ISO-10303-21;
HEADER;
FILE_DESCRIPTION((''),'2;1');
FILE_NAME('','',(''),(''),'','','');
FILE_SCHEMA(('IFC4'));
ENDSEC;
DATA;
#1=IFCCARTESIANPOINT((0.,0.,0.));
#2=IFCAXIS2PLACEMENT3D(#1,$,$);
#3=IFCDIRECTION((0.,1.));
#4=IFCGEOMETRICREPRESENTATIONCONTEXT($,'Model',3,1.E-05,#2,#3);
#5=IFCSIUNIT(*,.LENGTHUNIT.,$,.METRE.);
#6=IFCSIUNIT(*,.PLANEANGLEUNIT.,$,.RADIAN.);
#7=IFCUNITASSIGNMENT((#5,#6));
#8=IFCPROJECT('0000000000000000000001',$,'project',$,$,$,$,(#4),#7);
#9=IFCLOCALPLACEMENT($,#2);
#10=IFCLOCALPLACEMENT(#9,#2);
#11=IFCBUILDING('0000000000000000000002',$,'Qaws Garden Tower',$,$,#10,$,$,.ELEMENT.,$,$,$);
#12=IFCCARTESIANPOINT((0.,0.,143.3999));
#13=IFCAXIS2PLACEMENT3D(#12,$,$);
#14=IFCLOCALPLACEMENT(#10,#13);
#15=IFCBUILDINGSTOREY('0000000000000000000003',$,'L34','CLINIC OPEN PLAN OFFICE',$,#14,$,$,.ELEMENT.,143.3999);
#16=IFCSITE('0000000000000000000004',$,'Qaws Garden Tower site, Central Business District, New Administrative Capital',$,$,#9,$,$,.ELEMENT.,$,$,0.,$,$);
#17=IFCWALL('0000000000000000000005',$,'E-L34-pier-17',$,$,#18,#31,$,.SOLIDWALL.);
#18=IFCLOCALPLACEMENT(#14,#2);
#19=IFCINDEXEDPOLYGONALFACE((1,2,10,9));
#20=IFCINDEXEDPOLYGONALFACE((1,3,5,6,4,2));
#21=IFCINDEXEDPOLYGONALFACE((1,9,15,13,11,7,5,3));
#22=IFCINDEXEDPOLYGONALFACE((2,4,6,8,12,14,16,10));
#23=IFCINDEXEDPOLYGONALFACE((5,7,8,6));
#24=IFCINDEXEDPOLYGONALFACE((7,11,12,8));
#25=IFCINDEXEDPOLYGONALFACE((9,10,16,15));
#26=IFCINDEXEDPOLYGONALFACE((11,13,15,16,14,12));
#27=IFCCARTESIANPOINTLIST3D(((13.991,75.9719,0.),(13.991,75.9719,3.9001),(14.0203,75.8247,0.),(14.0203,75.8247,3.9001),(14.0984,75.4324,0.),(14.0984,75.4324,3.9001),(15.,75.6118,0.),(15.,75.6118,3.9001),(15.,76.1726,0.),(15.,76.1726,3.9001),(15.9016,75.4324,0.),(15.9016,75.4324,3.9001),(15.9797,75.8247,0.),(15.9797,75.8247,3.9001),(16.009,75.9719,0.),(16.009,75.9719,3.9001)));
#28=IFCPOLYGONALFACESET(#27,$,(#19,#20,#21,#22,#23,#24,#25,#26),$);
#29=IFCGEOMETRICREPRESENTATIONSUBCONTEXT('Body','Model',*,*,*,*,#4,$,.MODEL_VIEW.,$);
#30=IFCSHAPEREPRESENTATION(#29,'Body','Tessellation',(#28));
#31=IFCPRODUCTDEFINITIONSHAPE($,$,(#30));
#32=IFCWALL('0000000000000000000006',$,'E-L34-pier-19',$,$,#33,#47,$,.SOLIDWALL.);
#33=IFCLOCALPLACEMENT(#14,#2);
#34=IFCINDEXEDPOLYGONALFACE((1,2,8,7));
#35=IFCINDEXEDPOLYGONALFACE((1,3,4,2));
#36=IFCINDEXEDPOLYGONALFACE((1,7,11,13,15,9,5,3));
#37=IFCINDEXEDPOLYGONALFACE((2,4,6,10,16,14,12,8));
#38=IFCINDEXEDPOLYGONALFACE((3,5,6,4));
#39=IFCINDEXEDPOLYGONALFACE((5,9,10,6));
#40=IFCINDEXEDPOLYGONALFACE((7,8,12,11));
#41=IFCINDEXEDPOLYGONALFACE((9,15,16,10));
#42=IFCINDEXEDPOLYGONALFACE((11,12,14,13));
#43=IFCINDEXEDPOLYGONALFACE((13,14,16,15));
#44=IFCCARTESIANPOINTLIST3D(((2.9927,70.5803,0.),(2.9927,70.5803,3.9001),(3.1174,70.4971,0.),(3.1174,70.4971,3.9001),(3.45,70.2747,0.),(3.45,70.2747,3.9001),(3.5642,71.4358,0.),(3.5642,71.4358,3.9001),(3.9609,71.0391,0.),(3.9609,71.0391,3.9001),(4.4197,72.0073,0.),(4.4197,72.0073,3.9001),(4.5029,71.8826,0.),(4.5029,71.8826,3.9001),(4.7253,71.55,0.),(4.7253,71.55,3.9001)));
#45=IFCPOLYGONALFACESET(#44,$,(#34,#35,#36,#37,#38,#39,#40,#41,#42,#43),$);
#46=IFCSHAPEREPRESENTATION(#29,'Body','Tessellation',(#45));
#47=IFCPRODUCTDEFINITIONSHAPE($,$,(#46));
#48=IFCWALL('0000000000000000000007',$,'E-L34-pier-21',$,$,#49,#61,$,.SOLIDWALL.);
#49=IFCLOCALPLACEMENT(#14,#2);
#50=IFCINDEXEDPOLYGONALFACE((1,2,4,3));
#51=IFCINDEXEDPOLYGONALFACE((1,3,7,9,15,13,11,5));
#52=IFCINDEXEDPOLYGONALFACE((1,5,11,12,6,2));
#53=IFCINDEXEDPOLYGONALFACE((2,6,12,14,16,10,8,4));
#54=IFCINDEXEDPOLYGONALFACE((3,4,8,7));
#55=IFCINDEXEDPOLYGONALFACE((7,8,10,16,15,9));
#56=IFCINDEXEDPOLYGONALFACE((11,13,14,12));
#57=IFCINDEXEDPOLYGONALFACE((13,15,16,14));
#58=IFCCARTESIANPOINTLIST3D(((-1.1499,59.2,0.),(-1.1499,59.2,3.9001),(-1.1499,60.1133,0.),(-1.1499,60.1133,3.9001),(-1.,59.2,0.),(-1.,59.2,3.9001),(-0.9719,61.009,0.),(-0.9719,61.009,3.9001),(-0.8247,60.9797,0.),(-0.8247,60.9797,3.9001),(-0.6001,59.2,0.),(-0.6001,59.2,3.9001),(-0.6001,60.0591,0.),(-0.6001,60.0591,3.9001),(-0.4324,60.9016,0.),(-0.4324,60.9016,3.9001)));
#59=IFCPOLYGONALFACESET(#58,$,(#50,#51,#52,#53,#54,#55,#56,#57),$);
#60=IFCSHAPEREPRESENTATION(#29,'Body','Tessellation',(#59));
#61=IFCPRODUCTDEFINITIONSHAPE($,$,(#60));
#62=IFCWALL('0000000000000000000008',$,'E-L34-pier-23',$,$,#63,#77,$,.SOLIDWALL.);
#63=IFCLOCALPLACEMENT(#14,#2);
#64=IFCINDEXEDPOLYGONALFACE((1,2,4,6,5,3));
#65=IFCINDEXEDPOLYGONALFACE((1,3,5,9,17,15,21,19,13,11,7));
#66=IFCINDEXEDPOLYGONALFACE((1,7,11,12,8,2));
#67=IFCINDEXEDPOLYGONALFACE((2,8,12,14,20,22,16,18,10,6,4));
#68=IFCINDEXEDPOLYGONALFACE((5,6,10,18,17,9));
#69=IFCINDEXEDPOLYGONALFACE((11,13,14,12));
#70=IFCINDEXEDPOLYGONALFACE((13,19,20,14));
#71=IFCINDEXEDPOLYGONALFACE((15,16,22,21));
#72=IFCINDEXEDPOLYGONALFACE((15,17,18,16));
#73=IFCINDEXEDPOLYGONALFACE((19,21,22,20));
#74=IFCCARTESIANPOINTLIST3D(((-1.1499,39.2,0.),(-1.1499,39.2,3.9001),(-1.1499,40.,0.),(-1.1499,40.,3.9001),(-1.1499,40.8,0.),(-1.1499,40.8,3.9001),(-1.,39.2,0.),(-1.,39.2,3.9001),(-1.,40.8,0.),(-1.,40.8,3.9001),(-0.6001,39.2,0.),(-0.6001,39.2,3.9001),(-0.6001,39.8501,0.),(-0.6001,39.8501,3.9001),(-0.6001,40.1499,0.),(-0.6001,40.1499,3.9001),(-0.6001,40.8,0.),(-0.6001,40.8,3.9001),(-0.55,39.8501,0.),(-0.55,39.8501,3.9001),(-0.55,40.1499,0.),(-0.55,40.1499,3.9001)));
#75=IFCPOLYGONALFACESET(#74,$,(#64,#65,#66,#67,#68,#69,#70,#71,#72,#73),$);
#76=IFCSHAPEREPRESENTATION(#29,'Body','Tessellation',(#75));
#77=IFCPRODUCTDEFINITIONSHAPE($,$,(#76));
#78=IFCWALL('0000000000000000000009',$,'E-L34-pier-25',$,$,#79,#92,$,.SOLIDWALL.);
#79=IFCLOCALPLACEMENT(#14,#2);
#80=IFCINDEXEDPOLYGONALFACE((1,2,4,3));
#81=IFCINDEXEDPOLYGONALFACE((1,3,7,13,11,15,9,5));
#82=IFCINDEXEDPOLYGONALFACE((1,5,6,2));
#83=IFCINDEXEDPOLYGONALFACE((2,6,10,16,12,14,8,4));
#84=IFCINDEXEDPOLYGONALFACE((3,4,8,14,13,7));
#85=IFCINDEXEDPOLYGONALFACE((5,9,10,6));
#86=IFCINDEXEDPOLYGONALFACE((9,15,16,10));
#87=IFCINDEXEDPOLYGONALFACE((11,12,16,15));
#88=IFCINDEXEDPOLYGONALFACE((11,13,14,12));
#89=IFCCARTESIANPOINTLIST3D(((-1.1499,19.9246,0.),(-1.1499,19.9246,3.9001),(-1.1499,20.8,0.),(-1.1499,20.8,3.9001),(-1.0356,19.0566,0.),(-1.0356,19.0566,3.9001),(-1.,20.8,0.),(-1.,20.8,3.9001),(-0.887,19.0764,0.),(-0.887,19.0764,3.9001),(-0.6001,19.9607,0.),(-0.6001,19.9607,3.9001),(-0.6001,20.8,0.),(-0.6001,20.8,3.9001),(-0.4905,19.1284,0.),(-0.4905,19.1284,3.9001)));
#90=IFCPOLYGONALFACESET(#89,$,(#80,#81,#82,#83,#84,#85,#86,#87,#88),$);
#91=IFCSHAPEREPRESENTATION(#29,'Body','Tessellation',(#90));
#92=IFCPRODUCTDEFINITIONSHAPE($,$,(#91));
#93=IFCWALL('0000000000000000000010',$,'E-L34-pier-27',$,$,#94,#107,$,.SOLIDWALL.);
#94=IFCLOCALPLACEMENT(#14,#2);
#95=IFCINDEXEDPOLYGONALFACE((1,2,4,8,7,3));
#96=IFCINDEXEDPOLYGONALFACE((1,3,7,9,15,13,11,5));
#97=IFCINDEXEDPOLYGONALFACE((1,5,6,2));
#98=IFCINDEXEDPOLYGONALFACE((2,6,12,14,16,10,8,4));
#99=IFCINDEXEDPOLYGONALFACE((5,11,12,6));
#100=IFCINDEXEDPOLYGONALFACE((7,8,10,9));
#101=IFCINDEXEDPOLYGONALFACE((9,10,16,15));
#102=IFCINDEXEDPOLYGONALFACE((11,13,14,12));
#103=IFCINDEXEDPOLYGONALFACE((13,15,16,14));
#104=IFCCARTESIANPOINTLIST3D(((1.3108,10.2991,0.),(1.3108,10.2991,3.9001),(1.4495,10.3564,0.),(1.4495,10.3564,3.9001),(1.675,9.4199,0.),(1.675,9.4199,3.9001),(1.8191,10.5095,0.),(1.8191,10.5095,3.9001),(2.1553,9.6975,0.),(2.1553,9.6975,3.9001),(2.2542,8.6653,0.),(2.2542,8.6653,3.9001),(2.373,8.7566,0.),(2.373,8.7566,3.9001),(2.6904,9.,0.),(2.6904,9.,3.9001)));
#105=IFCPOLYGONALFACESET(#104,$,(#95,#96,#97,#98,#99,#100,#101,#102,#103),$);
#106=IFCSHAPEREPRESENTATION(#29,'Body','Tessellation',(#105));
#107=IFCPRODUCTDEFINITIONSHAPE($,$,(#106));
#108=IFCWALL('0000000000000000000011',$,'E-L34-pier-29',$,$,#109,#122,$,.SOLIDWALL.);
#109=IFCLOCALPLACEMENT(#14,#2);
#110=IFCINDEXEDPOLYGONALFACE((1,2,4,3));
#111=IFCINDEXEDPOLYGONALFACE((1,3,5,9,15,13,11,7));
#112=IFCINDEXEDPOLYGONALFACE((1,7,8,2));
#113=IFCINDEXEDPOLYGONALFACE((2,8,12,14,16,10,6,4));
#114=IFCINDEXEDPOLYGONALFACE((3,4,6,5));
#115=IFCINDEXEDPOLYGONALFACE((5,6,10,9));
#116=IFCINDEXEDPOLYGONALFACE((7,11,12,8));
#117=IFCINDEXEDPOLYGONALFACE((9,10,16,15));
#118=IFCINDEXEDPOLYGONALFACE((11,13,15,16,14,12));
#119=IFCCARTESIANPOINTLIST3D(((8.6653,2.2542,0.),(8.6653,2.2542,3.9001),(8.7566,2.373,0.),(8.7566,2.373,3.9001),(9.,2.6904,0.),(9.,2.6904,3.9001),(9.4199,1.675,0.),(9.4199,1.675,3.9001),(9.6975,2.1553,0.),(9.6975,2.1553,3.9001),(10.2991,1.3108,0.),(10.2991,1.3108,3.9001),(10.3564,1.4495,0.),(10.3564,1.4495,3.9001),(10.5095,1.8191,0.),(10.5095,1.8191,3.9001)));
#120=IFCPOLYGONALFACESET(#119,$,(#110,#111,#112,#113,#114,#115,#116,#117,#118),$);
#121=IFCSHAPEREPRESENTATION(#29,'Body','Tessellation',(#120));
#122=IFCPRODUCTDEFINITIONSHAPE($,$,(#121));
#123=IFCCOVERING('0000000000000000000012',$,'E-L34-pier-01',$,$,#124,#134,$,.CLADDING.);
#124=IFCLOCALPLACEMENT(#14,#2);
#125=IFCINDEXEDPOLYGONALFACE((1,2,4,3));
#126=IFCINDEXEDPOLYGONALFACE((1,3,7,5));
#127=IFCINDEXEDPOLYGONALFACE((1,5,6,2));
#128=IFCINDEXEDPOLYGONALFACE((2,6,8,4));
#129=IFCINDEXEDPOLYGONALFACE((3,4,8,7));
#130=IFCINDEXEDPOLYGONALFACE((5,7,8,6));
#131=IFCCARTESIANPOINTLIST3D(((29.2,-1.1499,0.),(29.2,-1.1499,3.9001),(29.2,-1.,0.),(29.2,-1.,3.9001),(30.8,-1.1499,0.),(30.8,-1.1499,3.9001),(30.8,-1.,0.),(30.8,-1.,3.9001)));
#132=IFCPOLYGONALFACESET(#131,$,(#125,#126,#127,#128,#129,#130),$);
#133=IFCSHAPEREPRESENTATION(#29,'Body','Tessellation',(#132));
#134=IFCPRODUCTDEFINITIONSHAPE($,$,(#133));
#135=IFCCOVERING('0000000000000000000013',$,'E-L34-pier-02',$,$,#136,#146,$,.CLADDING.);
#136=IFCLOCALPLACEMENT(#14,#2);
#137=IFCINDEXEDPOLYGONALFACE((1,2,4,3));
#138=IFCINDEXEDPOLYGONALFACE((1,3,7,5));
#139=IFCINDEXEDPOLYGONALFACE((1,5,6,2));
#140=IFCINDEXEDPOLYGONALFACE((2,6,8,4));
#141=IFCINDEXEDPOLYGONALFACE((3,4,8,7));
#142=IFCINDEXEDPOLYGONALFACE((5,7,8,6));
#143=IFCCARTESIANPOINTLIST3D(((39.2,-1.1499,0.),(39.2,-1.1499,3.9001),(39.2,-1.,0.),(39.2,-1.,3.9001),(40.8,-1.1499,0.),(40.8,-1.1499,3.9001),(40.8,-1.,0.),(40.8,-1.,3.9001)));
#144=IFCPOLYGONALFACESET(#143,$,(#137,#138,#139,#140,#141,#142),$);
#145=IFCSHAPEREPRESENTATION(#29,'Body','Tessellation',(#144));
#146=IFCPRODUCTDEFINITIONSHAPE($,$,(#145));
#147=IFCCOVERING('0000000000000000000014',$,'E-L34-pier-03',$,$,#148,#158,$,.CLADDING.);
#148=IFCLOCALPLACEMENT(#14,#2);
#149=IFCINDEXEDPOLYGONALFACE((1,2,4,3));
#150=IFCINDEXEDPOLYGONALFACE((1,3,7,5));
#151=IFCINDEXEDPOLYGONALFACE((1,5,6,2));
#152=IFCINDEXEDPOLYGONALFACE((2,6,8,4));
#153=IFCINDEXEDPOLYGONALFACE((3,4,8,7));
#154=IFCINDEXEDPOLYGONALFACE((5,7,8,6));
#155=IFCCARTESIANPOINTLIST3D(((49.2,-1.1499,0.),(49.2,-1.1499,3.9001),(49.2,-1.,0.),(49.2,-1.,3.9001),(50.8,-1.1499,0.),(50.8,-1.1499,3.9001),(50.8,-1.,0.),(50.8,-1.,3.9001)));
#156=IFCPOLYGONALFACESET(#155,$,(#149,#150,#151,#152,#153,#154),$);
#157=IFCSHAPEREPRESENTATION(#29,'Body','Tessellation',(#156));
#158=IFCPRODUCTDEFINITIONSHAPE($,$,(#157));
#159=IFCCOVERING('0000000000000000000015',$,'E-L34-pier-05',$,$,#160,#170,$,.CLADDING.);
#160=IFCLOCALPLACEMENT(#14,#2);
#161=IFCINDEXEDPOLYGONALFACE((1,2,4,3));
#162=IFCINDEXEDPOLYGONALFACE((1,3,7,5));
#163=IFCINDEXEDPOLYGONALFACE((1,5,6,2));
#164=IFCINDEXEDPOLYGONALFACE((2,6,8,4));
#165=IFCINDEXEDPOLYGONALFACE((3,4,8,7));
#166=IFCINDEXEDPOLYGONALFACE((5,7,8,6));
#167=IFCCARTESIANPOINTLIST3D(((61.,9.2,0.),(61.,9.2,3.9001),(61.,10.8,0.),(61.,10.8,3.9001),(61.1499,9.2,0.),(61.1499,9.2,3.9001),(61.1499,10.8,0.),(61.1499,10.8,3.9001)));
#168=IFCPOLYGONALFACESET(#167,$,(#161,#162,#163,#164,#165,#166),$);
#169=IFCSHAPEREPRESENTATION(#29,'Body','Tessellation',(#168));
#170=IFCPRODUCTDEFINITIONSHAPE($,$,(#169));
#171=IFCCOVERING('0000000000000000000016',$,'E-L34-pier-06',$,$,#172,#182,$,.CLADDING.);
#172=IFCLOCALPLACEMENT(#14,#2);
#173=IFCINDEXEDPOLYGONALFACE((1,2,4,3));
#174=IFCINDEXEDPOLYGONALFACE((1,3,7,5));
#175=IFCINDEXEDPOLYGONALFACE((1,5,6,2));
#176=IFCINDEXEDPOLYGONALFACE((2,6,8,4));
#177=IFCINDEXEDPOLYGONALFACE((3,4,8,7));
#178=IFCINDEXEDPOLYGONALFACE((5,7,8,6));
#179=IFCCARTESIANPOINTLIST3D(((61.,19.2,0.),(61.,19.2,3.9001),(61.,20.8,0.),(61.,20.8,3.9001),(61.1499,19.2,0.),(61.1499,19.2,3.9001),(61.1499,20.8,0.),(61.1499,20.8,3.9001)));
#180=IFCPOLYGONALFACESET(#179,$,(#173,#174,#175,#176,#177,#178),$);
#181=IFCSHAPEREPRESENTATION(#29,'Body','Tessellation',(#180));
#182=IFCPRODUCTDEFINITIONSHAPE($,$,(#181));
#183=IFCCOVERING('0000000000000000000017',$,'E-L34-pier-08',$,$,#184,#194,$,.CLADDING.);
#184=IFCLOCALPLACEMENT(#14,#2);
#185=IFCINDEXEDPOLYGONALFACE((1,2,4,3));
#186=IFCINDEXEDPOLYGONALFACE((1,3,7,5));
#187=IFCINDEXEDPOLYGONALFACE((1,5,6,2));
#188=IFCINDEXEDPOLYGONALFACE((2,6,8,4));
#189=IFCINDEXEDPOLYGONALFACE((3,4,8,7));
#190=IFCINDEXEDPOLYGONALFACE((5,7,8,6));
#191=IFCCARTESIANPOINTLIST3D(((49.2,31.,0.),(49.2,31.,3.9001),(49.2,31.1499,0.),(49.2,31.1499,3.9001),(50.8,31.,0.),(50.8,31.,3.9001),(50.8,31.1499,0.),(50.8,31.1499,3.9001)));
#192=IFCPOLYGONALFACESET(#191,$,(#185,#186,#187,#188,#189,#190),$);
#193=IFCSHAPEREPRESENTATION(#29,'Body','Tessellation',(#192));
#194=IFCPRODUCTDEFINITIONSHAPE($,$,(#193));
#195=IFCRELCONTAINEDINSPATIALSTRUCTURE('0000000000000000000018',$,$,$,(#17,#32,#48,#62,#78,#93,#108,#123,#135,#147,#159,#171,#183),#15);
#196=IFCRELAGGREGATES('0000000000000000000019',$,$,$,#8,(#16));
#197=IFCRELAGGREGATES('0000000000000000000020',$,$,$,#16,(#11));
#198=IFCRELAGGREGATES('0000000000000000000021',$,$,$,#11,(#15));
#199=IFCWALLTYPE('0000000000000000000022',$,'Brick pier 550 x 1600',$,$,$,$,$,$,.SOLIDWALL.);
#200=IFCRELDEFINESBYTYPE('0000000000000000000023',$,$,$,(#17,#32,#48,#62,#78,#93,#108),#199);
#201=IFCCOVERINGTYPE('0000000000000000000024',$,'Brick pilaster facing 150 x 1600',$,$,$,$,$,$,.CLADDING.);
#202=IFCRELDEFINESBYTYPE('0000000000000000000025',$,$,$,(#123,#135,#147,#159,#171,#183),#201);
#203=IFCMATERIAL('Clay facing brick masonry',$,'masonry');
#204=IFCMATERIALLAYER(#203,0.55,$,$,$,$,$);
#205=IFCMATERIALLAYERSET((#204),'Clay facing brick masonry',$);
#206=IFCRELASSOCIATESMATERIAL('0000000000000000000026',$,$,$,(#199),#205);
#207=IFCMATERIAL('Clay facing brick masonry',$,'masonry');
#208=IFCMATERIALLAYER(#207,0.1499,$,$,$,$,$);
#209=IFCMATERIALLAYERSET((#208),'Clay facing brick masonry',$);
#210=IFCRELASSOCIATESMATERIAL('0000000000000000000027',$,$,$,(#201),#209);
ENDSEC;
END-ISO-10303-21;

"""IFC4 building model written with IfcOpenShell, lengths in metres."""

from ifc_helpers import new_model, si_unit, direction, frame, origin, place, context, subcontext, project, spatial, polyline, outline, extrude, material, layer, layer_set, type_object, element, save


model = new_model("IFC4")

# Units and contexts
model_context = context("Model", 3, precision=1e-05, world=origin(), true_north=direction((0.0, 1.0)))
body_context = subcontext(model_context, "Body", "Model", "MODEL_VIEW")
ifc_project = project(units=[si_unit("LENGTHUNIT", "METRE"), si_unit("PLANEANGLEUNIT", "RADIAN")], contexts=[model_context])

# Site, building, storey
site_placement = place(None, origin())
site = spatial("IfcSite", under=ifc_project, at=site_placement, Name="Qaws Garden Tower site, Central Business District, New Administrative Capital", CompositionType="ELEMENT", RefElevation=0.0)
building_placement = place(site_placement, origin())
building = spatial("IfcBuilding", under=site, at=building_placement, Name="Qaws Garden Tower", CompositionType="ELEMENT")
storey_placement = place(building_placement, frame((0.0, 0.0, 143.3999)))
storey = spatial("IfcBuildingStorey", under=building, at=storey_placement, Name="L34", Description="CLINIC OPEN PLAN OFFICE", CompositionType="ELEMENT", Elevation=143.3999)

# Walls
placement = place(storey_placement, origin())
ifc_material_1 = material(Name="Clay facing brick masonry", Category="masonry")
ifc_layer_1 = layer(ifc_material_1, 0.55)
ifc_layer_set_1 = layer_set([ifc_layer_1], Name="Clay facing brick masonry")
wall_type_1 = type_object("IfcWallType", Name="Brick pier 550 x 1600", PredefinedType="SOLIDWALL", material=ifc_layer_set_1)
element("IfcWall", 1, at=placement, inside=storey, type_object=wall_type_1, Name="E-L34-pier-17", PredefinedType="SOLIDWALL", context=body_context, shape_type="SweptSolid", body=[
    extrude(outline(polyline([(15.9797, 75.8247), (16.009, 75.9719), (15.0, 76.1726), (13.991, 75.9719), (14.0203, 75.8247), (14.0984, 75.4324), (15.0, 75.6118), (15.9016, 75.4324), (15.9797, 75.8247)])), origin(), (0.0, 0.0, 1.0), 3.9001),
])
element("IfcWall", 2, at=placement, inside=storey, type_object=wall_type_1, Name="E-L34-pier-19", PredefinedType="SOLIDWALL", context=body_context, shape_type="SweptSolid", body=[
    extrude(outline(polyline([(4.5029, 71.8826), (4.4197, 72.0073), (3.5642, 71.4358), (2.9927, 70.5803), (3.1174, 70.4971), (3.45, 70.2747), (3.9609, 71.0391), (4.7253, 71.55), (4.5029, 71.8826)])), origin(), (0.0, 0.0, 1.0), 3.9001),
])
element("IfcWall", 3, at=placement, inside=storey, type_object=wall_type_1, Name="E-L34-pier-21", PredefinedType="SOLIDWALL", context=body_context, shape_type="SweptSolid", body=[
    extrude(outline(polyline([(-0.8247, 60.9797), (-0.9719, 61.009), (-1.1499, 60.1133), (-1.1499, 59.2), (-1.0, 59.2), (-0.6001, 59.2), (-0.6001, 60.0591), (-0.4324, 60.9016), (-0.8247, 60.9797)])), origin(), (0.0, 0.0, 1.0), 3.9001),
])
element("IfcWall", 4, at=placement, inside=storey, type_object=wall_type_1, Name="E-L34-pier-23", PredefinedType="SOLIDWALL", context=body_context, shape_type="SweptSolid", body=[
    extrude(outline(polyline([(-0.6001, 39.2), (-0.6001, 39.8501), (-0.55, 39.8501), (-0.55, 40.1499), (-0.6001, 40.1499), (-0.6001, 40.8), (-1.0, 40.8), (-1.1499, 40.8), (-1.1499, 40.0), (-1.1499, 39.2), (-1.0, 39.2), (-0.6001, 39.2)])), origin(), (0.0, 0.0, 1.0), 3.9001),
])
element("IfcWall", 5, at=placement, inside=storey, type_object=wall_type_1, Name="E-L34-pier-25", PredefinedType="SOLIDWALL", context=body_context, shape_type="SweptSolid", body=[
    extrude(outline(polyline([(-1.0, 20.8), (-1.1499, 20.8), (-1.1499, 19.9246), (-1.0356, 19.0566), (-0.887, 19.0764), (-0.4905, 19.1284), (-0.6001, 19.9607), (-0.6001, 20.8), (-1.0, 20.8)])), origin(), (0.0, 0.0, 1.0), 3.9001),
])
element("IfcWall", 6, at=placement, inside=storey, type_object=wall_type_1, Name="E-L34-pier-27", PredefinedType="SOLIDWALL", context=body_context, shape_type="SweptSolid", body=[
    extrude(outline(polyline([(1.4495, 10.3564), (1.3108, 10.2991), (1.675, 9.4199), (2.2542, 8.6653), (2.373, 8.7566), (2.6904, 9.0), (2.1553, 9.6975), (1.8191, 10.5095), (1.4495, 10.3564)])), origin(), (0.0, 0.0, 1.0), 3.9001),
])
element("IfcWall", 7, at=placement, inside=storey, type_object=wall_type_1, Name="E-L34-pier-29", PredefinedType="SOLIDWALL", context=body_context, shape_type="SweptSolid", body=[
    extrude(outline(polyline([(8.7566, 2.373), (8.6653, 2.2542), (9.4199, 1.675), (10.2991, 1.3108), (10.3564, 1.4495), (10.5095, 1.8191), (9.6975, 2.1553), (9.0, 2.6904), (8.7566, 2.373)])), origin(), (0.0, 0.0, 1.0), 3.9001),
])

# Coverings
ifc_material_2 = material(Name="Clay facing brick masonry", Category="masonry")
ifc_layer_2 = layer(ifc_material_2, 0.1499)
ifc_layer_set_2 = layer_set([ifc_layer_2], Name="Clay facing brick masonry")
covering_type = type_object("IfcCoveringType", Name="Brick pilaster facing 150 x 1600", PredefinedType="CLADDING", material=ifc_layer_set_2)
element("IfcCovering", 8, at=placement, inside=storey, type_object=covering_type, Name="E-L34-pier-01", PredefinedType="CLADDING", context=body_context, shape_type="SweptSolid", body=[
    extrude(outline(polyline([(29.2, -1.0), (30.8, -1.0), (30.8, -1.1499), (29.2, -1.1499), (29.2, -1.0)])), origin(), (0.0, 0.0, 1.0), 3.9001),
])
element("IfcCovering", 9, at=placement, inside=storey, type_object=covering_type, Name="E-L34-pier-02", PredefinedType="CLADDING", context=body_context, shape_type="SweptSolid", body=[
    extrude(outline(polyline([(39.2, -1.0), (40.8, -1.0), (40.8, -1.1499), (39.2, -1.1499), (39.2, -1.0)])), origin(), (0.0, 0.0, 1.0), 3.9001),
])
element("IfcCovering", 10, at=placement, inside=storey, type_object=covering_type, Name="E-L34-pier-03", PredefinedType="CLADDING", context=body_context, shape_type="SweptSolid", body=[
    extrude(outline(polyline([(49.2, -1.0), (50.8, -1.0), (50.8, -1.1499), (49.2, -1.1499), (49.2, -1.0)])), origin(), (0.0, 0.0, 1.0), 3.9001),
])
element("IfcCovering", 11, at=placement, inside=storey, type_object=covering_type, Name="E-L34-pier-05", PredefinedType="CLADDING", context=body_context, shape_type="SweptSolid", body=[
    extrude(outline(polyline([(61.0, 9.2), (61.0, 10.8), (61.1499, 10.8), (61.1499, 9.2), (61.0, 9.2)])), origin(), (0.0, 0.0, 1.0), 3.9001),
])
element("IfcCovering", 12, at=placement, inside=storey, type_object=covering_type, Name="E-L34-pier-06", PredefinedType="CLADDING", context=body_context, shape_type="SweptSolid", body=[
    extrude(outline(polyline([(61.0, 19.2), (61.0, 20.8), (61.1499, 20.8), (61.1499, 19.2), (61.0, 19.2)])), origin(), (0.0, 0.0, 1.0), 3.9001),
])
element("IfcCovering", 13, at=placement, inside=storey, type_object=covering_type, Name="E-L34-pier-08", PredefinedType="CLADDING", context=body_context, shape_type="SweptSolid", body=[
    extrude(outline(polyline([(50.8, 31.0), (49.2, 31.0), (49.2, 31.1499), (50.8, 31.1499), (50.8, 31.0)])), origin(), (0.0, 0.0, 1.0), 3.9001),
])

save(model, "model.ifc")
